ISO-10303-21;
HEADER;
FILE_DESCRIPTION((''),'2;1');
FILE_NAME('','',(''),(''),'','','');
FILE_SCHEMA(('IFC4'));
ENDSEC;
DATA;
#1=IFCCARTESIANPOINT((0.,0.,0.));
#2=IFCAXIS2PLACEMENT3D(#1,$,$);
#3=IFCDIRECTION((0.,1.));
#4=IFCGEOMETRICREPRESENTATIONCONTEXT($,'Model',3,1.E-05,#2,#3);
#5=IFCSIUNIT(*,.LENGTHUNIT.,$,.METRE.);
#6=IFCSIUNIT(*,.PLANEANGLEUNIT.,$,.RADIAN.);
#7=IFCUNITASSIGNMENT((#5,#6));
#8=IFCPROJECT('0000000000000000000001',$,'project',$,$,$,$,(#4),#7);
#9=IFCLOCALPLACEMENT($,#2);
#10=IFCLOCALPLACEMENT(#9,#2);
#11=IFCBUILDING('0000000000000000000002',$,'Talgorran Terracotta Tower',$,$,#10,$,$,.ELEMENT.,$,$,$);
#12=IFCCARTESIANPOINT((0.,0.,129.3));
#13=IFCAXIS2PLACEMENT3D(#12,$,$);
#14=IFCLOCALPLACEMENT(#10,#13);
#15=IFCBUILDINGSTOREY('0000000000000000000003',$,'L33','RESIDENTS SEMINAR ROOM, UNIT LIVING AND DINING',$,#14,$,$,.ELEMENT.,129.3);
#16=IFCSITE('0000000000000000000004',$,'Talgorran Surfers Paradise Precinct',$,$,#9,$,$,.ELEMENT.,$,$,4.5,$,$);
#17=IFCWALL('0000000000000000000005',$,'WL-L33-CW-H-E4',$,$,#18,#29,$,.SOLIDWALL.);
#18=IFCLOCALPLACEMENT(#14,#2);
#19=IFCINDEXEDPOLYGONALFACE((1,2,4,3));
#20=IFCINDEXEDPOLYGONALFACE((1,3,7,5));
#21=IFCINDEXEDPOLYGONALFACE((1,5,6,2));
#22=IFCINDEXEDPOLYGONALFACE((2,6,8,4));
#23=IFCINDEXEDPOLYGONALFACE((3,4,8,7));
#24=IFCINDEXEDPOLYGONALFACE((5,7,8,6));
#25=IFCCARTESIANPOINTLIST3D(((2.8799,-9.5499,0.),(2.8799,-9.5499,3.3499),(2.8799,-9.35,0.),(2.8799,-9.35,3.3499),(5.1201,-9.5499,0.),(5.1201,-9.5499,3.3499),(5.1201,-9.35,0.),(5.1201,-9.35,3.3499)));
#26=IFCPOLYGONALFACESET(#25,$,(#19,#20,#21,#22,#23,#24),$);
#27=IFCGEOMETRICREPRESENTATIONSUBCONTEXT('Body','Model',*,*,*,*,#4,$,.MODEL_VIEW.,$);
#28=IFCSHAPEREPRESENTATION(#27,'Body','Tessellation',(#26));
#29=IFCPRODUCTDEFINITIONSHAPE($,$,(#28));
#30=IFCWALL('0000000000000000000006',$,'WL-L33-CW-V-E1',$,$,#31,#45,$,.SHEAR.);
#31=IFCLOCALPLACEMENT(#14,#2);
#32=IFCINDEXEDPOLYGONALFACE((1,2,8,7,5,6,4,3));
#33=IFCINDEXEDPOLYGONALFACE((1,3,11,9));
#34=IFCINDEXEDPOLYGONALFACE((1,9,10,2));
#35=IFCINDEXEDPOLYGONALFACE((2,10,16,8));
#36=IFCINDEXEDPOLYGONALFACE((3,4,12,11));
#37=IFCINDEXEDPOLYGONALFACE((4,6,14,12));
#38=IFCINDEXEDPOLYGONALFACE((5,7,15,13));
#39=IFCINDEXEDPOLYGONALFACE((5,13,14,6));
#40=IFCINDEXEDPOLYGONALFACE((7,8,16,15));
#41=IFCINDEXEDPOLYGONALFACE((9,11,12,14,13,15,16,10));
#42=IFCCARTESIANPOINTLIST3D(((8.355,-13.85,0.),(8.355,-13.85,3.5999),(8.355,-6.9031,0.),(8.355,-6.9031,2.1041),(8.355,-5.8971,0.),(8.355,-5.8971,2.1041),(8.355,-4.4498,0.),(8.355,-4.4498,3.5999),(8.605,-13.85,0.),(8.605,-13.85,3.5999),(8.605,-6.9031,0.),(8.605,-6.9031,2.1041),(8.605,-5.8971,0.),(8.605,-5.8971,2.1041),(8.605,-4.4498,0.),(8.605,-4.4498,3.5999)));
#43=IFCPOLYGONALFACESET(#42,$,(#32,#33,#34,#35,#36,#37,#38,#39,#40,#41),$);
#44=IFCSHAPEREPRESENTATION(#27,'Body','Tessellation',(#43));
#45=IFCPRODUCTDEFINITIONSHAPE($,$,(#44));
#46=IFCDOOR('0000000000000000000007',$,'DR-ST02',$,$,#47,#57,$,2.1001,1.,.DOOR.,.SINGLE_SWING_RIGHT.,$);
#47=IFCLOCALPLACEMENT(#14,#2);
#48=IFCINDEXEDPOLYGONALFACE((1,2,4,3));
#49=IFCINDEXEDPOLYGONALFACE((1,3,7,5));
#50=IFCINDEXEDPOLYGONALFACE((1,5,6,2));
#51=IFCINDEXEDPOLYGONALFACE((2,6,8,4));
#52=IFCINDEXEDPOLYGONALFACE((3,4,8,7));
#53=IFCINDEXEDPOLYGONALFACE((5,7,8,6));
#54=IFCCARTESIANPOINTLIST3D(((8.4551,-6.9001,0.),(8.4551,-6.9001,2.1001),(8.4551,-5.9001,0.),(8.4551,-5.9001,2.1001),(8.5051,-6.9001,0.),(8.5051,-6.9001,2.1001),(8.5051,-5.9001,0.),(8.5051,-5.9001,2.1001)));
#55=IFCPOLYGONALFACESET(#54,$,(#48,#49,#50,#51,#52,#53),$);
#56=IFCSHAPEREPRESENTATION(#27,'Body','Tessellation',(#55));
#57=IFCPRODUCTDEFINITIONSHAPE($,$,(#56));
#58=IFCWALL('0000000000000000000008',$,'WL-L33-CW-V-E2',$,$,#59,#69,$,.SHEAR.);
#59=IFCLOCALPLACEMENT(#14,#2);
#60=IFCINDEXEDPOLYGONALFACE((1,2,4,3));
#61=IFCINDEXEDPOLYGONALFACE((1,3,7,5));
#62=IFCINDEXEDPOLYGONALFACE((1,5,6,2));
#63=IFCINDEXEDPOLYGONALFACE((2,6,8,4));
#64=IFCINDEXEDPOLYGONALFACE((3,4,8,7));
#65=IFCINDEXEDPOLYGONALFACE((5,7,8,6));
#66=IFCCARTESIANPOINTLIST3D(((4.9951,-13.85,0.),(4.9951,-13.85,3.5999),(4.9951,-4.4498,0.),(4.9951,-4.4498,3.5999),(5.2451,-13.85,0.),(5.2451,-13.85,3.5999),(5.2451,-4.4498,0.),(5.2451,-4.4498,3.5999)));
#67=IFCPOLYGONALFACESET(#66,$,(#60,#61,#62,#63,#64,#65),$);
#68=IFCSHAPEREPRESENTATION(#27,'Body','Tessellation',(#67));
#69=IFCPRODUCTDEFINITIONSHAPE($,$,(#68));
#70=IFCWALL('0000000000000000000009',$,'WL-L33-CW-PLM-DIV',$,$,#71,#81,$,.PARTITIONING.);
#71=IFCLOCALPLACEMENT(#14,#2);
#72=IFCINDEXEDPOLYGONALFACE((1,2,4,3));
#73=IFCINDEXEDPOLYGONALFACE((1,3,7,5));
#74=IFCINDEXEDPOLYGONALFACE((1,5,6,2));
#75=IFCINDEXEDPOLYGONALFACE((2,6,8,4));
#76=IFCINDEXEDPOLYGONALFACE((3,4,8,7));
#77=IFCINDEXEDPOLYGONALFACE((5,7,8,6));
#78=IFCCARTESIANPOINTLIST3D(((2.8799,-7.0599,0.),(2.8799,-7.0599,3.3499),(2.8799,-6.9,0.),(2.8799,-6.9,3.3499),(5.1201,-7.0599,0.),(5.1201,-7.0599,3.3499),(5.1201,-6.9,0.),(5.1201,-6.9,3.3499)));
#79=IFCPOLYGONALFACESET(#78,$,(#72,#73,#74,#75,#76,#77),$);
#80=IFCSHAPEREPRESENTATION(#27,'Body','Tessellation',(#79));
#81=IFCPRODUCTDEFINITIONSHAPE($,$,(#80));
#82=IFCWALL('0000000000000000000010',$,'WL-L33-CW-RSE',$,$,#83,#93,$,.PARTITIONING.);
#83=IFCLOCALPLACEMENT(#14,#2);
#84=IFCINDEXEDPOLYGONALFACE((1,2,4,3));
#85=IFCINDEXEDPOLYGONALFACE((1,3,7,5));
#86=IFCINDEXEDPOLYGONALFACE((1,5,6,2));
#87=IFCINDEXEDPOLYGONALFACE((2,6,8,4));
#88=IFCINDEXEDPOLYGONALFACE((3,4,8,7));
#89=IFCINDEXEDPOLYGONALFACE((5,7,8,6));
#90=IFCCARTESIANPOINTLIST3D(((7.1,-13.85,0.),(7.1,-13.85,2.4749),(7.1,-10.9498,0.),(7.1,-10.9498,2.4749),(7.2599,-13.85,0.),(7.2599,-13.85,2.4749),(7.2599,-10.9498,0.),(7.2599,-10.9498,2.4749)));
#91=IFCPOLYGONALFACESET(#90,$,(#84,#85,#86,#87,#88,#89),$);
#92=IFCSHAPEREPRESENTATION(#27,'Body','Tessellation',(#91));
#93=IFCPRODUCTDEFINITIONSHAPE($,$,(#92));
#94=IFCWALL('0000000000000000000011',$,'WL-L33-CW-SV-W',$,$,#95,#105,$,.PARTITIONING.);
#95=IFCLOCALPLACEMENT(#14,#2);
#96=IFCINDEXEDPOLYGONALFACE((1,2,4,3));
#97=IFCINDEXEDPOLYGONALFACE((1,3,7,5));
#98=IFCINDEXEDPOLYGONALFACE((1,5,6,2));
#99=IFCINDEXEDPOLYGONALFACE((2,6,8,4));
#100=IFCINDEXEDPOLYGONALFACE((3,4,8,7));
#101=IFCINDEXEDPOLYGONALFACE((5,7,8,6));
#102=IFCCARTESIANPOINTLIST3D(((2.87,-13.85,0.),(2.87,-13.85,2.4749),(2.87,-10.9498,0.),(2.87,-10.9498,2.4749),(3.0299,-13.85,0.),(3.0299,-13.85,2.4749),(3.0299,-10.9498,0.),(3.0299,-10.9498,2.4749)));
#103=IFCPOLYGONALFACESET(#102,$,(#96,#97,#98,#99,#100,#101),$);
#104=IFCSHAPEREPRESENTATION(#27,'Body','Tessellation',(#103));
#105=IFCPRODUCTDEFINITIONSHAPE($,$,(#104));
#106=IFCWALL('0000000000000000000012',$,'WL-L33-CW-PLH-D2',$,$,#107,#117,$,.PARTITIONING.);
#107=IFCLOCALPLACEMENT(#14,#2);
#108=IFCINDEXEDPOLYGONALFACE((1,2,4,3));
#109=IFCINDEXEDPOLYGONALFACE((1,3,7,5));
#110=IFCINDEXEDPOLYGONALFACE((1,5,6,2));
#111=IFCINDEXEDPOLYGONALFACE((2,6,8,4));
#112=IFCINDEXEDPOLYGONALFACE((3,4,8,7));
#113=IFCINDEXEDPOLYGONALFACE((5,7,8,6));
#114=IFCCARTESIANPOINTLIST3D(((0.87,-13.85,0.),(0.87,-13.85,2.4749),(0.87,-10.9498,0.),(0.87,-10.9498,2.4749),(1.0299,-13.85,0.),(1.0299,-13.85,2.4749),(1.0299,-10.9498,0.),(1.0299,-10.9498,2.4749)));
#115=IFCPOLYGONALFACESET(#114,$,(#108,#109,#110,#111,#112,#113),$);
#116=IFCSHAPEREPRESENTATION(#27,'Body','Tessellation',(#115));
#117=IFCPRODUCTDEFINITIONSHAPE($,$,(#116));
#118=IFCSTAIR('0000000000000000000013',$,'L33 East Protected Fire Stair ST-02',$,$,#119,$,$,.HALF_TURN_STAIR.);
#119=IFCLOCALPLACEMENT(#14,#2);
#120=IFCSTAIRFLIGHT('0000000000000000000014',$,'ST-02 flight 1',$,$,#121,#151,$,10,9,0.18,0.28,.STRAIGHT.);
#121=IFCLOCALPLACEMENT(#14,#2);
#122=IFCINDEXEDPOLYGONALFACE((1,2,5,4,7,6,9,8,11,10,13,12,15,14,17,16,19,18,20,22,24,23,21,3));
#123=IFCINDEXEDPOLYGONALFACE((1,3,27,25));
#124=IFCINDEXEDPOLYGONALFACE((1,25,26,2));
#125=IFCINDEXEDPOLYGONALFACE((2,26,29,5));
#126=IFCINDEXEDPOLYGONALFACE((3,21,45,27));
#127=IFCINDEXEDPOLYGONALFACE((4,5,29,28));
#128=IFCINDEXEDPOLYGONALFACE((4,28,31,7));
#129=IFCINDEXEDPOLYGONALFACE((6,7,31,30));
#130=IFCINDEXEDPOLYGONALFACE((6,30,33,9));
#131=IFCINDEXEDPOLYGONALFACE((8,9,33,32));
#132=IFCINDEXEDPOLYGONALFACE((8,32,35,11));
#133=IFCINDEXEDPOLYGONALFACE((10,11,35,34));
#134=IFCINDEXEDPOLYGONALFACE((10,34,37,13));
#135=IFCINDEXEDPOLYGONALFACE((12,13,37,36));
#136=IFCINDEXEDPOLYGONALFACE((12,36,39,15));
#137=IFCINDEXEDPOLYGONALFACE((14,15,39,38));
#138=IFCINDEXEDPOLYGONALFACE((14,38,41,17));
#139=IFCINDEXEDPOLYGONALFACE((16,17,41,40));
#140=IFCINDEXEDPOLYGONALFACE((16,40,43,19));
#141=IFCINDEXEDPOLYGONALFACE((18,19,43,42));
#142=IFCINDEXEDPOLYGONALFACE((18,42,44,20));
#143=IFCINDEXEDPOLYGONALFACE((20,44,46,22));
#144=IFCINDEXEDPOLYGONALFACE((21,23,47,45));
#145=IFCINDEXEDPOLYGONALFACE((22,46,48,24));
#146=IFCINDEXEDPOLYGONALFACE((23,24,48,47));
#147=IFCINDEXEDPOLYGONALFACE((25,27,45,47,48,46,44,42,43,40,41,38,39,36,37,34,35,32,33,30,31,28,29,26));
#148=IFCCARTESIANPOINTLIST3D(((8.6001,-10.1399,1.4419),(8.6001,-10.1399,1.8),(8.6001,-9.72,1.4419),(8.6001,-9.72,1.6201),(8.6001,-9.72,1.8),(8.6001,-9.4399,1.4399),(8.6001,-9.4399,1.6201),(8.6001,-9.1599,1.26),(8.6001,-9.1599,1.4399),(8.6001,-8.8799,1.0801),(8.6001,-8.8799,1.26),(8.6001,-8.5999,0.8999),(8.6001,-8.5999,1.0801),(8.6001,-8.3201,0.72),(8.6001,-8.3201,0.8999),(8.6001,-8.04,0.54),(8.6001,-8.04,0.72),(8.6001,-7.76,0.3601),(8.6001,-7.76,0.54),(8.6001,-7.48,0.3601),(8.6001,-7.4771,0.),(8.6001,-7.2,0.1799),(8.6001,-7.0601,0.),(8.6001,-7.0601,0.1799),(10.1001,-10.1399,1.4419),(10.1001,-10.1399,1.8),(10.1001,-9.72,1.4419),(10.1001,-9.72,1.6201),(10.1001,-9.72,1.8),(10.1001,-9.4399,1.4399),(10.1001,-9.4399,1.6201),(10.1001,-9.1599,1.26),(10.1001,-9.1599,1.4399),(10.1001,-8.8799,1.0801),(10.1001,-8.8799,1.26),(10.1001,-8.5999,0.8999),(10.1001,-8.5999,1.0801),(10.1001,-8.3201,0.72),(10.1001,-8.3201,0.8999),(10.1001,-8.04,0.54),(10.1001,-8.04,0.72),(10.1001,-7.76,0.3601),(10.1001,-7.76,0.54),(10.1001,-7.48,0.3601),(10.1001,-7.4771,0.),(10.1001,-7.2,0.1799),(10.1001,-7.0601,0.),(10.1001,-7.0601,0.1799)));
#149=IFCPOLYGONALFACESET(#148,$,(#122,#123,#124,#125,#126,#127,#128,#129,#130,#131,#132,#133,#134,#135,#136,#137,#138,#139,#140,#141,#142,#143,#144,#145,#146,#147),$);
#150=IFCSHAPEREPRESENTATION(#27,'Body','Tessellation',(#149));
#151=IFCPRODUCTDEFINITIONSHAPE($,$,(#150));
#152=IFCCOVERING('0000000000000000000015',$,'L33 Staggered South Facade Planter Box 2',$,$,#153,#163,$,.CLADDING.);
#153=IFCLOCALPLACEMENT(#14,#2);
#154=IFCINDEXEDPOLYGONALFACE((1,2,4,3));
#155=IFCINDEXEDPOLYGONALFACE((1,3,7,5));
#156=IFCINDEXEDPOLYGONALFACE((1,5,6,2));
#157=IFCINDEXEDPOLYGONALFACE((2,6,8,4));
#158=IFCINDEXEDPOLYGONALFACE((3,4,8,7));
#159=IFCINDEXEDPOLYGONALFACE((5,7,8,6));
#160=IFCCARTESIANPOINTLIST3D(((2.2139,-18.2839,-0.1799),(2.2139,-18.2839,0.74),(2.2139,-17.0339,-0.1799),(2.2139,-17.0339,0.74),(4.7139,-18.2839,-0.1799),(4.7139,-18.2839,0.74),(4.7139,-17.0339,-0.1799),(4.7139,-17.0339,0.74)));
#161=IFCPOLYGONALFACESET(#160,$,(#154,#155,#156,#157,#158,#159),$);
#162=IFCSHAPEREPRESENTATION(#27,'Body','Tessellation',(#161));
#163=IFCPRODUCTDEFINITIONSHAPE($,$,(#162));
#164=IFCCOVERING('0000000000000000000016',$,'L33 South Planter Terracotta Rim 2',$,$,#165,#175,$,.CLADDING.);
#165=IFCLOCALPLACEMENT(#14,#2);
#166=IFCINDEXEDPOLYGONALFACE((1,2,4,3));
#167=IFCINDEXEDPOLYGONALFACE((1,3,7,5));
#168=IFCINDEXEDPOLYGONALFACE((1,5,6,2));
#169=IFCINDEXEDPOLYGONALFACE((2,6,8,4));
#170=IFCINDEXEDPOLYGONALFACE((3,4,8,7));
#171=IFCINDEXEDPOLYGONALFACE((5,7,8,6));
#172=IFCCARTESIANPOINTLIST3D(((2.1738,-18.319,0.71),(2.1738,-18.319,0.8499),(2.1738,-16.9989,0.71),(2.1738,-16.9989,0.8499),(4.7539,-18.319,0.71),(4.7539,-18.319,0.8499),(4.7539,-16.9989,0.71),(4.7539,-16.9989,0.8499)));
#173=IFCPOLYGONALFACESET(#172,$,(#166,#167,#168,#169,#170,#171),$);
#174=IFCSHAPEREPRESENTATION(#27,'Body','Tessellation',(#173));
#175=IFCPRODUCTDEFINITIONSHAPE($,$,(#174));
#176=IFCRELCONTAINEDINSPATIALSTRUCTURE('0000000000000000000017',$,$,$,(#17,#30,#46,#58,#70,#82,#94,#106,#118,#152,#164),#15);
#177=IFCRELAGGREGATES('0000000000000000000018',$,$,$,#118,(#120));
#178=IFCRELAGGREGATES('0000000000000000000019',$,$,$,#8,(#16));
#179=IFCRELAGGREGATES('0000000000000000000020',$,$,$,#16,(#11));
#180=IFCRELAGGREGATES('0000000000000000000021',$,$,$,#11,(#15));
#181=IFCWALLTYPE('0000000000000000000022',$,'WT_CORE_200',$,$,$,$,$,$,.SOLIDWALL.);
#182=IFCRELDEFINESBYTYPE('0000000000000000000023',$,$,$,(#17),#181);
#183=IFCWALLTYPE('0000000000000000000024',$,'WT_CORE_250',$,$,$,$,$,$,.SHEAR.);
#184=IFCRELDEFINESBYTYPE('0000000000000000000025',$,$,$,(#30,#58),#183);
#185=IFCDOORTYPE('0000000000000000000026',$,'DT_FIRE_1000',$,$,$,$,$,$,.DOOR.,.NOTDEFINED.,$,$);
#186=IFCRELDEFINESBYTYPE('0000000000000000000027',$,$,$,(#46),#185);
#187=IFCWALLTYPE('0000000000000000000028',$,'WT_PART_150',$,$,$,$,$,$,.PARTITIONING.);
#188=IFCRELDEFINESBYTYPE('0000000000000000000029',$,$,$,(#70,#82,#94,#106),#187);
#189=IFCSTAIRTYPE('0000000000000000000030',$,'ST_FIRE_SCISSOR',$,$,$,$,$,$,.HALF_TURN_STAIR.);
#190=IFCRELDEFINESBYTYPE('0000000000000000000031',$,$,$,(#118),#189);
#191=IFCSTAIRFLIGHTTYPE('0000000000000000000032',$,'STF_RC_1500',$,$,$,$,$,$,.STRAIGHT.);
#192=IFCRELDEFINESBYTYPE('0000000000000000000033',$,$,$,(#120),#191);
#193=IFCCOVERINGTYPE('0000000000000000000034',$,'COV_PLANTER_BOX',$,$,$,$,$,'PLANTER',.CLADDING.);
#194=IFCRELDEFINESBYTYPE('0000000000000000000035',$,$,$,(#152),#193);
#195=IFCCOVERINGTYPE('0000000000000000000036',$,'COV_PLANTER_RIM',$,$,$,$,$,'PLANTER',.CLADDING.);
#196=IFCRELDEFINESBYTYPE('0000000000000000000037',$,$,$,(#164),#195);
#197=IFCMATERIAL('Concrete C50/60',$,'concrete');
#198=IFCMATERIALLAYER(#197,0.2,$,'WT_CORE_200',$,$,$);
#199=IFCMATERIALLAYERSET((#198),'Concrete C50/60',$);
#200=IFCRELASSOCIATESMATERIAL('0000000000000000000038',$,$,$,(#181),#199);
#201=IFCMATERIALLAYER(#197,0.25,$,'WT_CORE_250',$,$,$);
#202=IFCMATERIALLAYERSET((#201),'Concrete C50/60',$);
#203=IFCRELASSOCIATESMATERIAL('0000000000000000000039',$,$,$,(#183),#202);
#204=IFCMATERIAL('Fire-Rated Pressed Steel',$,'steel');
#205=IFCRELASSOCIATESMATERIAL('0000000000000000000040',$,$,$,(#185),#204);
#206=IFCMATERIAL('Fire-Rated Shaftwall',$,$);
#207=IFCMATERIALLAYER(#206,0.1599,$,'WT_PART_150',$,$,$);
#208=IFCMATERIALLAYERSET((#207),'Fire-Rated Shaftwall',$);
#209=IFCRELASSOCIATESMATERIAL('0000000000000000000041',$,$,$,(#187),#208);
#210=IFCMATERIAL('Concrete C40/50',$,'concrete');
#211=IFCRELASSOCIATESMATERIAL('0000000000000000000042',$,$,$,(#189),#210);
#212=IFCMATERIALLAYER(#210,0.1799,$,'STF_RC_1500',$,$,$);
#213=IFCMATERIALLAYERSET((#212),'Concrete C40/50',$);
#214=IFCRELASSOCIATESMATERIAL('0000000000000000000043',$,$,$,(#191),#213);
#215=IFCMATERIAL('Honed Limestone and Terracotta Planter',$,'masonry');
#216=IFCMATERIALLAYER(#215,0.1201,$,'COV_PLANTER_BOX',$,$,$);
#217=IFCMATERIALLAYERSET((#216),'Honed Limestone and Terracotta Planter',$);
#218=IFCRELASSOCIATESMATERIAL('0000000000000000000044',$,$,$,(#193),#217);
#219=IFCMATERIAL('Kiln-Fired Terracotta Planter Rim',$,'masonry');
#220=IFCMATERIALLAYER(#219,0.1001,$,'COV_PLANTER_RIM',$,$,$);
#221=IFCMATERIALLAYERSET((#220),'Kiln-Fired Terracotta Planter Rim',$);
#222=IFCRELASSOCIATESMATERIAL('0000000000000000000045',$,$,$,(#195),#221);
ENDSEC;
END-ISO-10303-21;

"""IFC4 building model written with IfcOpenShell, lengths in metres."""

from ifc_helpers import new_model, si_unit, direction, frame, frame_2d, origin, origin_2d, place, context, subcontext, project, spatial, polyline, rectangle, outline, extrude, material, layer, layer_set, type_object, element, fill, aggregate, save


model = new_model("IFC4")

# Units and contexts
model_context = context("Model", 3, precision=1e-05, world=origin(), true_north=direction((0.0, 1.0)))
body_context = subcontext(model_context, "Body", "Model", "MODEL_VIEW")
ifc_project = project(units=[si_unit("LENGTHUNIT", "METRE"), si_unit("PLANEANGLEUNIT", "RADIAN")], contexts=[model_context])

# Site, building, storey
site_placement = place(None, origin())
site = spatial("IfcSite", under=ifc_project, at=site_placement, Name="Talgorran Surfers Paradise Precinct", CompositionType="ELEMENT", RefElevation=4.5)
building_placement = place(site_placement, origin())
building = spatial("IfcBuilding", under=site, at=building_placement, Name="Talgorran Terracotta Tower", CompositionType="ELEMENT")
storey_placement = place(building_placement, frame((0.0, 0.0, 129.3)))
storey = spatial("IfcBuildingStorey", under=building, at=storey_placement, Name="L33", Description="RESIDENTS SEMINAR ROOM, UNIT LIVING AND DINING", CompositionType="ELEMENT", Elevation=129.3)

# Shared definitions
ifc_material_1 = material(Name="Concrete C50/60", Category="concrete")

# Shared definitions
ifc_layer_1 = layer(ifc_material_1, 0.2, Name="WT_CORE_200")
ifc_layer_set_1 = layer_set([ifc_layer_1], Name="Concrete C50/60")
wall_type_1 = type_object("IfcWallType", Name="WT_CORE_200", PredefinedType="SOLIDWALL", material=ifc_layer_set_1)

# Shared definitions
ifc_material_2 = material(Name="Fire-Rated Pressed Steel", Category="steel")

# Wall
wall_1_placement = place(storey_placement, frame((2.8799, -9.45, 0.0), z_axis=(0.0, 0.0, 1.0), x_axis=(1.0, 0.0, 0.0)))
element("IfcWall", 1, at=wall_1_placement, inside=storey, type_object=wall_type_1, Name="WL-L33-CW-H-E4", PredefinedType="SOLIDWALL", context=body_context, shape_type="SweptSolid", body=[
    extrude(rectangle(XDim=2.2402, YDim=0.2, at=frame_2d((1.1201, 0.0))), origin(), (0.0, 0.0, 1.0), 3.3499),
])

# Wall, opening, door
ifc_layer_2 = layer(ifc_material_1, 0.25, Name="WT_CORE_250")
ifc_layer_set_2 = layer_set([ifc_layer_2], Name="Concrete C50/60")
wall_type_2 = type_object("IfcWallType", Name="WT_CORE_250", PredefinedType="SHEAR", material=ifc_layer_set_2)
wall_2_placement = place(storey_placement, frame((8.48, -13.8501, 0.0), z_axis=(0.0, 0.0, 1.0), x_axis=(0.0, 1.0, 0.0)))
wall_2 = element("IfcWall", 2, at=wall_2_placement, inside=storey, type_object=wall_type_2, Name="WL-L33-CW-V-E1", PredefinedType="SHEAR", context=body_context, shape_type="SweptSolid", body=[
    extrude(rectangle(XDim=9.4001, YDim=0.25, at=frame_2d((4.7002, 0.0))), origin(), (0.0, 0.0, 1.0), 3.5999),
])
opening_1_placement = place(wall_2_placement, frame((6.95, 0.0, 0.0)))
opening_1 = element("IfcOpeningElement", 3, at=opening_1_placement, cuts=wall_2, PredefinedType="OPENING", context=body_context, shape_type="SweptSolid", body=[
    extrude(rectangle(XDim=1.006, YDim=2.1041, at=frame_2d((0.5, 1.052))), frame((0.0, 0.135, 0.0), z_axis=(0.0, -1.0, 0.0), x_axis=(1.0, 0.0, 0.0)), (0.0, 0.0, 1.0), 0.27),
])
door_type_1 = type_object("IfcDoorType", Name="DT_FIRE_1000", OperationType="NOTDEFINED", PredefinedType="DOOR", material=ifc_material_2)
door_1_placement = place(opening_1_placement, origin())
door_1 = element("IfcDoor", 4, at=door_1_placement, inside=storey, type_object=door_type_1, Name="DR-ST02", OperationType="SINGLE_SWING_RIGHT", OverallHeight=2.1001, OverallWidth=1.0, PredefinedType="DOOR", context=body_context, shape_type="SweptSolid", body=[
    extrude(rectangle(XDim=1.0, YDim=2.1001, at=frame_2d((0.5, 1.05))), frame((0.0, 0.0249, 0.0), z_axis=(0.0, -1.0, 0.0), x_axis=(1.0, 0.0, 0.0)), (0.0, 0.0, 1.0), 0.05),
])
fill(opening_1, door_1)

# Walls
wall_3_placement = place(storey_placement, frame((5.1201, -13.8501, 0.0), z_axis=(0.0, 0.0, 1.0), x_axis=(0.0, 1.0, 0.0)))
element("IfcWall", 5, at=wall_3_placement, inside=storey, type_object=wall_type_2, Name="WL-L33-CW-V-E2", PredefinedType="SHEAR", context=body_context, shape_type="SweptSolid", body=[
    extrude(rectangle(XDim=9.4001, YDim=0.25, at=frame_2d((4.7002, 0.0))), origin(), (0.0, 0.0, 1.0), 3.5999),
])
ifc_material_3 = material(Name="Fire-Rated Shaftwall")
ifc_layer_3 = layer(ifc_material_3, 0.1599, Name="WT_PART_150")
ifc_layer_set_3 = layer_set([ifc_layer_3], Name="Fire-Rated Shaftwall")
wall_type_3 = type_object("IfcWallType", Name="WT_PART_150", PredefinedType="PARTITIONING", material=ifc_layer_set_3)
wall_4_placement = place(storey_placement, frame((2.8799, -6.98, 0.0), z_axis=(0.0, 0.0, 1.0), x_axis=(1.0, 0.0, 0.0)))
element("IfcWall", 6, at=wall_4_placement, inside=storey, type_object=wall_type_3, Name="WL-L33-CW-PLM-DIV", PredefinedType="PARTITIONING", context=body_context, shape_type="SweptSolid", body=[
    extrude(rectangle(XDim=2.2402, YDim=0.1599, at=frame_2d((1.1201, 0.0))), origin(), (0.0, 0.0, 1.0), 3.3499),
])
for number, where, z_axis, x_axis, name in (
    (7, (7.1799, -13.8501, 0.0), (0.0, 0.0, 1.0), (0.0, 1.0, 0.0), "WL-L33-CW-RSE"),
    (8, (2.95, -13.8501, 0.0), (0.0, 0.0, 1.0), (0.0, 1.0, 0.0), "WL-L33-CW-SV-W"),
    (9, (0.95, -13.8501, 0.0), (0.0, 0.0, 1.0), (0.0, 1.0, 0.0), "WL-L33-CW-PLH-D2"),
):
    element("IfcWall", number, at=place(storey_placement, frame(where, z_axis=z_axis, x_axis=x_axis)), inside=storey, type_object=wall_type_3, Name=name, PredefinedType="PARTITIONING", context=body_context, shape_type="SweptSolid", body=[
        extrude(rectangle(XDim=2.9001, YDim=0.1599, at=frame_2d((1.4502, 0.0))), origin(), (0.0, 0.0, 1.0), 2.4749),
    ])

# Stair, stair flight
ifc_material_4 = material(Name="Concrete C40/50", Category="concrete")
stair_type = type_object("IfcStairType", Name="ST_FIRE_SCISSOR", PredefinedType="HALF_TURN_STAIR", material=ifc_material_4)
stair_placement = place(storey_placement, origin())
stair = element("IfcStair", 10, at=stair_placement, inside=storey, type_object=stair_type, Name="L33 East Protected Fire Stair ST-02", PredefinedType="HALF_TURN_STAIR")
ifc_layer_4 = layer(ifc_material_4, 0.1799, Name="STF_RC_1500")
ifc_layer_set_4 = layer_set([ifc_layer_4], Name="Concrete C40/50")
stair_flight_type = type_object("IfcStairFlightType", Name="STF_RC_1500", PredefinedType="STRAIGHT", material=ifc_layer_set_4)
stair_flight_placement = place(storey_placement, frame((9.3501, -7.2, 0.0), z_axis=(0.0, 0.0, 1.0), x_axis=(0.0, -1.0, 0.0)))
stair_flight = element("IfcStairFlight", 11, at=stair_flight_placement, type_object=stair_flight_type, Name="ST-02 flight 1", NumberOfRisers=10, NumberOfTreads=9, PredefinedType="STRAIGHT", RiserHeight=0.18, TreadLength=0.28, context=body_context, shape_type="SweptSolid", body=[
    extrude(outline(polyline([(-0.1399, 0.0), (-0.1399, 0.1799), (0.0, 0.1799), (0.28, 0.3601), (0.5601, 0.3601), (0.5601, 0.54), (0.8401, 0.54), (0.8401, 0.72), (1.1201, 0.72), (1.1201, 0.8999), (1.3999, 0.8999), (1.3999, 1.0801), (1.6799, 1.0801), (1.6799, 1.26), (1.96, 1.26), (1.96, 1.4399), (2.24, 1.4399), (2.24, 1.6201), (2.52, 1.6201), (2.52, 1.8), (2.9399, 1.8), (2.9399, 1.4419), (2.52, 1.4419), (0.2771, 0.0), (-0.1399, 0.0)])), frame((0.0, 0.75, 0.0), z_axis=(0.0, -1.0, 0.0), x_axis=(1.0, 0.0, 0.0)), (0.0, 0.0, 1.0), 1.5),
])
aggregate(stair, [stair_flight])

# Coverings
ifc_material_5 = material(Name="Honed Limestone and Terracotta Planter", Category="masonry")
ifc_layer_5 = layer(ifc_material_5, 0.1201, Name="COV_PLANTER_BOX")
ifc_layer_set_5 = layer_set([ifc_layer_5], Name="Honed Limestone and Terracotta Planter")
covering_type_1 = type_object("IfcCoveringType", Name="COV_PLANTER_BOX", ElementType="PLANTER", PredefinedType="CLADDING", material=ifc_layer_set_5)
covering_1_placement = place(storey_placement, frame((3.4639, -17.6589, -0.1799), z_axis=(0.0, 0.0, 1.0), x_axis=(1.0, 0.0, 0.0)))
element("IfcCovering", 12, at=covering_1_placement, inside=storey, type_object=covering_type_1, Name="L33 Staggered South Facade Planter Box 2", PredefinedType="CLADDING", context=body_context, shape_type="SweptSolid", body=[
    extrude(rectangle(XDim=2.5, YDim=1.25, at=origin_2d()), origin(), (0.0, 0.0, 1.0), 0.9199),
])
ifc_material_6 = material(Name="Kiln-Fired Terracotta Planter Rim", Category="masonry")
ifc_layer_6 = layer(ifc_material_6, 0.1001, Name="COV_PLANTER_RIM")
ifc_layer_set_6 = layer_set([ifc_layer_6], Name="Kiln-Fired Terracotta Planter Rim")
covering_type_2 = type_object("IfcCoveringType", Name="COV_PLANTER_RIM", ElementType="PLANTER", PredefinedType="CLADDING", material=ifc_layer_set_6)
covering_2_placement = place(storey_placement, frame((3.4639, -17.6589, 0.71), z_axis=(0.0, 0.0, 1.0), x_axis=(1.0, 0.0, 0.0)))
element("IfcCovering", 13, at=covering_2_placement, inside=storey, type_object=covering_type_2, Name="L33 South Planter Terracotta Rim 2", PredefinedType="CLADDING", context=body_context, shape_type="SweptSolid", body=[
    extrude(rectangle(XDim=2.5801, YDim=1.3201, at=origin_2d()), origin(), (0.0, 0.0, 1.0), 0.1399),
])

save(model, "model.ifc")
